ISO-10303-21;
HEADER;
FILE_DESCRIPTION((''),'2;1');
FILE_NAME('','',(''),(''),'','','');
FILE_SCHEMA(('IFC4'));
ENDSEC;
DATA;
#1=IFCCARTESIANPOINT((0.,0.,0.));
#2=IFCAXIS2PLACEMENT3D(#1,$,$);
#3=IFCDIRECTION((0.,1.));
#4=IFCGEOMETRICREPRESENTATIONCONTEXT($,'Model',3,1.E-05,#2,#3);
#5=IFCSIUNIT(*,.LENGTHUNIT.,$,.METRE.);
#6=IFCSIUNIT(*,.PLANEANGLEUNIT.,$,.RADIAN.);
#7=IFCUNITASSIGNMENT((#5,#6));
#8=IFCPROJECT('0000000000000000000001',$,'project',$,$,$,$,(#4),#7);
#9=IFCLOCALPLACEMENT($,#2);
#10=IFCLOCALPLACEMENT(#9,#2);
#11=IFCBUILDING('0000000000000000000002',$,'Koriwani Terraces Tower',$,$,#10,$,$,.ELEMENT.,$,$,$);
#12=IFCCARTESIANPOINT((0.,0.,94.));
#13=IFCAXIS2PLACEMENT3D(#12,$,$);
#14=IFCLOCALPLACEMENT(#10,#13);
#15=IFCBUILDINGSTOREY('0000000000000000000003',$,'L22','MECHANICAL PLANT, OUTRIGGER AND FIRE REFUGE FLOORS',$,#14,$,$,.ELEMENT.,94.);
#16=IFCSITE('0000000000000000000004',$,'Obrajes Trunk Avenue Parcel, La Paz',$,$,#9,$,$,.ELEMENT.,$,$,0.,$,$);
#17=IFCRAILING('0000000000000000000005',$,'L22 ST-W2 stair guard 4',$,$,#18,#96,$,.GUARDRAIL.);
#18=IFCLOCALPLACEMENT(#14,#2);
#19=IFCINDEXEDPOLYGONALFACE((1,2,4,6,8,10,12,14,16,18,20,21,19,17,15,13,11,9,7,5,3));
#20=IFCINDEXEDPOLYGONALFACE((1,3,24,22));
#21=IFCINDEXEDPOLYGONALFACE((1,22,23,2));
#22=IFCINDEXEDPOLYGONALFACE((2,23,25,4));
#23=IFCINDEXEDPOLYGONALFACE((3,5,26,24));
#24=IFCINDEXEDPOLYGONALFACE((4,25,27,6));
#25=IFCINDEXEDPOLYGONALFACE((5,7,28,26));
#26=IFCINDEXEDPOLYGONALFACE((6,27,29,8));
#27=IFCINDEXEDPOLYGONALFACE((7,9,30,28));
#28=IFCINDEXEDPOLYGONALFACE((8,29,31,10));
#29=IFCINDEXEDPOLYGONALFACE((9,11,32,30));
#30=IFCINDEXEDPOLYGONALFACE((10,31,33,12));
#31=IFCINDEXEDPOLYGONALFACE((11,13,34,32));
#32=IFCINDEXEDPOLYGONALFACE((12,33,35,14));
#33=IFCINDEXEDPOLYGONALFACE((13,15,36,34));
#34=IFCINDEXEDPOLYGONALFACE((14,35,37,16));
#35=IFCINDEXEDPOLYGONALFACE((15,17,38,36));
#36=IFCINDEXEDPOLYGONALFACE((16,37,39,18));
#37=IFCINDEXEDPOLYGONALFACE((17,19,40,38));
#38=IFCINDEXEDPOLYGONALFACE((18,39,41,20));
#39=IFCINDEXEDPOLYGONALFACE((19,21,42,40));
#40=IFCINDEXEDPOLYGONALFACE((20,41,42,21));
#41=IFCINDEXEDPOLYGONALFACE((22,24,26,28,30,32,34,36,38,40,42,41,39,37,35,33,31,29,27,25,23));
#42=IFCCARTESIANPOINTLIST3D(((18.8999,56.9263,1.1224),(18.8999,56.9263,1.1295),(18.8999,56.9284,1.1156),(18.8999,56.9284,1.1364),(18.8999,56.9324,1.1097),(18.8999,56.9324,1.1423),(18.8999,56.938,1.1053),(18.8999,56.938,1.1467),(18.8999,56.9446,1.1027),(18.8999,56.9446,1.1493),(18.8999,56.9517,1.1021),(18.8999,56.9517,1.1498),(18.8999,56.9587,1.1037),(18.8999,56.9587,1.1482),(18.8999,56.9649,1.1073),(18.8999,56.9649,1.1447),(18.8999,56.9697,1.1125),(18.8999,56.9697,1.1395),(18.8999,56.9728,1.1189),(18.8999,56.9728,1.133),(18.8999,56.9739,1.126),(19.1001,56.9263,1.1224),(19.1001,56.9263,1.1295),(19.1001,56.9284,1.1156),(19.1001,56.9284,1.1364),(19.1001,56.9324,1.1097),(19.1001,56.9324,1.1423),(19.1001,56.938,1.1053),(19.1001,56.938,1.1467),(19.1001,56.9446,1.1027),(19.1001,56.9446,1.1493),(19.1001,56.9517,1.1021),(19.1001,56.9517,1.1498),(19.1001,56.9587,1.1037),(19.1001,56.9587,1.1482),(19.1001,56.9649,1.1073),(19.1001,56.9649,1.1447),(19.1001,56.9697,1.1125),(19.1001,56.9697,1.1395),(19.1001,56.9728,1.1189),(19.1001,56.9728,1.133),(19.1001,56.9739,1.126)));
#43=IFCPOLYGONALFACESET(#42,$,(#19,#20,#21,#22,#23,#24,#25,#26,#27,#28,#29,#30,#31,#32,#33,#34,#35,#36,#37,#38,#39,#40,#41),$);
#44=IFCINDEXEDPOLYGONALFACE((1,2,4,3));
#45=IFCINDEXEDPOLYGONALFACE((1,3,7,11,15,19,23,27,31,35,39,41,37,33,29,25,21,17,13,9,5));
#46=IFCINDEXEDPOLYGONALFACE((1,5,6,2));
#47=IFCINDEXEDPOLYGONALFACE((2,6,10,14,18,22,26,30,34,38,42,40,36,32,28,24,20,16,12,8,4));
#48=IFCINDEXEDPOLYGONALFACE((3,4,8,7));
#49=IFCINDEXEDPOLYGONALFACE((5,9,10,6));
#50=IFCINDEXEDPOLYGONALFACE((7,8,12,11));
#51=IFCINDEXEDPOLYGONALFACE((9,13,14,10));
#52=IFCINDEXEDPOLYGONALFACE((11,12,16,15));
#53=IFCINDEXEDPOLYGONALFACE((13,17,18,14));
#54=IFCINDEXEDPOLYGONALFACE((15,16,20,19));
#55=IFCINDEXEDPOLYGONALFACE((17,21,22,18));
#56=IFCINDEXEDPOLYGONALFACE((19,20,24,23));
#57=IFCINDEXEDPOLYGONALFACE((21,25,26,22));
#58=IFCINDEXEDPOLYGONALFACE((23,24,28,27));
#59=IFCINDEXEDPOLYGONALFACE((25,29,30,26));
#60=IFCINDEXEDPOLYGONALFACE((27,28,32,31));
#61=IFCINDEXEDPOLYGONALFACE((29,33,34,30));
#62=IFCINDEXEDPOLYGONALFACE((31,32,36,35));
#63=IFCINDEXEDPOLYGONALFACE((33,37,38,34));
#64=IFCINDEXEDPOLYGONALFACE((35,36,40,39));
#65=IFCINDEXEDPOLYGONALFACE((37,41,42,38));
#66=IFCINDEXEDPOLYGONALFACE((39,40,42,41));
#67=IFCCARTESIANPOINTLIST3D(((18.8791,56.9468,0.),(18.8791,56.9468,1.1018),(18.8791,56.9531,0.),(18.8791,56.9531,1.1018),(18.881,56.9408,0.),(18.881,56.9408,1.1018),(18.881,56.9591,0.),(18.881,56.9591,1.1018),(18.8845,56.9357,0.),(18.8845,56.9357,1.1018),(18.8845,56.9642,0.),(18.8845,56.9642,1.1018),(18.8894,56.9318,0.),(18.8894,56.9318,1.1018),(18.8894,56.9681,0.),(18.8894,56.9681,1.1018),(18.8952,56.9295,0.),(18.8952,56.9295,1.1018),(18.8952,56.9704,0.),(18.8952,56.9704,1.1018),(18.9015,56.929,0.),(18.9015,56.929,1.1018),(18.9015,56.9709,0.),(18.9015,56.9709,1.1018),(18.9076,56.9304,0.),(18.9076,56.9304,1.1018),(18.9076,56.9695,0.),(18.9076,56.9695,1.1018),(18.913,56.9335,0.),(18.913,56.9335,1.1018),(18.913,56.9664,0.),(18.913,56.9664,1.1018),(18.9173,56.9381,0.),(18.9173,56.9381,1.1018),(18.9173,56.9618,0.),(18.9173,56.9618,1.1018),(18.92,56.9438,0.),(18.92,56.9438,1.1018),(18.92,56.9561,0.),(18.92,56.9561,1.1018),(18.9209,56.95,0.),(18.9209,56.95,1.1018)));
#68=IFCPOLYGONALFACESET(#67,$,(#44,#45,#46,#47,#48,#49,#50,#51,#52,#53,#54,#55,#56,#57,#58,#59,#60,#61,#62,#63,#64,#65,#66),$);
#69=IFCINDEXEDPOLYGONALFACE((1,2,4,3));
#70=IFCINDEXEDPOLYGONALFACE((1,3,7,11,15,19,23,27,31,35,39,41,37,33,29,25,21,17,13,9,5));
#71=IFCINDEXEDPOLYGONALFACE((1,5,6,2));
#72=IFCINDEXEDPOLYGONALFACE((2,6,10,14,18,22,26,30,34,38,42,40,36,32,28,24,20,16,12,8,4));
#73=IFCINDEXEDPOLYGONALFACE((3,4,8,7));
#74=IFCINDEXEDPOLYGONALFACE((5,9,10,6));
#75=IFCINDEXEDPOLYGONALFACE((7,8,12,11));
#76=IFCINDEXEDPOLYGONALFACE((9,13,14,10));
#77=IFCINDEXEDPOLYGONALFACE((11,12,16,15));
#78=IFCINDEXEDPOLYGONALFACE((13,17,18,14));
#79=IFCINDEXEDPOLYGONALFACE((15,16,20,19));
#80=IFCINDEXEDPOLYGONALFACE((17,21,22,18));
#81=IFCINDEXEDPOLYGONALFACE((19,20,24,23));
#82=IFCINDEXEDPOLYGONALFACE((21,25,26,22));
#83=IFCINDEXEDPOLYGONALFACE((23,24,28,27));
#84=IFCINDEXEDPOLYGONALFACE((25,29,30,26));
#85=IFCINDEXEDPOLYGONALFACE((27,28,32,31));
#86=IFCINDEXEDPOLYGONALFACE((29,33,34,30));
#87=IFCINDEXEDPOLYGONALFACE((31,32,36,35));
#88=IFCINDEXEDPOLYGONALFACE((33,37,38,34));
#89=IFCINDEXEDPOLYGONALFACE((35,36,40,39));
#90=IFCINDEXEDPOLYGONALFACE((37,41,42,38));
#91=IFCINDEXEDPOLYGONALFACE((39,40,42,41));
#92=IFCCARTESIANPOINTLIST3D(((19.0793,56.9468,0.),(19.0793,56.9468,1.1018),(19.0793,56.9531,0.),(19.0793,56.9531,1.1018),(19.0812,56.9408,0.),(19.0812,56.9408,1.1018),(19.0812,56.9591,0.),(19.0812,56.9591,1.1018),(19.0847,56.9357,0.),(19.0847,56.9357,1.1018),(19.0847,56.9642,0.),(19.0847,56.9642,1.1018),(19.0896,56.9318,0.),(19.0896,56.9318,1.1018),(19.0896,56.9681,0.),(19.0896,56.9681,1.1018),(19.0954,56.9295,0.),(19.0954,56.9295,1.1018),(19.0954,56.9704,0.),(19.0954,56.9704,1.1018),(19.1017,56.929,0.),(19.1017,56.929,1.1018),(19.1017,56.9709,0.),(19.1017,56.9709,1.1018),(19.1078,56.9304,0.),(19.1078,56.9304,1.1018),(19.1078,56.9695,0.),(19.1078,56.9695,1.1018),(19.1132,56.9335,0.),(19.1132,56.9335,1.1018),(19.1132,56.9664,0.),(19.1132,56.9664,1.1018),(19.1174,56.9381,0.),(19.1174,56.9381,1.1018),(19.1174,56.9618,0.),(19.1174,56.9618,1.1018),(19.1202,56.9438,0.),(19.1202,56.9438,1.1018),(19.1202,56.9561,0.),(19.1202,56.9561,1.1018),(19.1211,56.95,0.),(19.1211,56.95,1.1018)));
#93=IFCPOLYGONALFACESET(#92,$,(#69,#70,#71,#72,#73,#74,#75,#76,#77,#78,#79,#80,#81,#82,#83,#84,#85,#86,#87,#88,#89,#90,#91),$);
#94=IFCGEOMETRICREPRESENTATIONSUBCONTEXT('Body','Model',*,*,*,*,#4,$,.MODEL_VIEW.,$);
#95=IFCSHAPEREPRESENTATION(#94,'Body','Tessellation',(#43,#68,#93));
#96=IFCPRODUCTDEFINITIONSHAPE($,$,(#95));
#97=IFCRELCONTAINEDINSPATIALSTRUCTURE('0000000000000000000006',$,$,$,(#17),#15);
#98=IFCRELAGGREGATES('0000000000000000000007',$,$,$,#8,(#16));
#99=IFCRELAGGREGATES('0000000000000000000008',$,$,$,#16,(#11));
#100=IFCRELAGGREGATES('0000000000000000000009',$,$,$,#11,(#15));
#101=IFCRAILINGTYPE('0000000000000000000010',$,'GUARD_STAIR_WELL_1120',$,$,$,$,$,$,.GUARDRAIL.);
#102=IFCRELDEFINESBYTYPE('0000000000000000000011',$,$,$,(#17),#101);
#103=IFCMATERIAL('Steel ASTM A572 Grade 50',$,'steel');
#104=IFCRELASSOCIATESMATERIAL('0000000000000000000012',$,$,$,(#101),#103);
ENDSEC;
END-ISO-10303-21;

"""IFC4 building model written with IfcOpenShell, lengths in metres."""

from ifc_helpers import new_model, si_unit, direction, frame, origin, origin_2d, place, context, subcontext, project, spatial, circle, extrude, material, type_object, element, save


model = new_model("IFC4")

# Units and contexts
model_context = context("Model", 3, precision=1e-05, world=origin(), true_north=direction((0.0, 1.0)))
body_context = subcontext(model_context, "Body", "Model", "MODEL_VIEW")
ifc_project = project(units=[si_unit("LENGTHUNIT", "METRE"), si_unit("PLANEANGLEUNIT", "RADIAN")], contexts=[model_context])

# Site, building, storey
site_placement = place(None, origin())
site = spatial("IfcSite", under=ifc_project, at=site_placement, Name="Obrajes Trunk Avenue Parcel, La Paz", CompositionType="ELEMENT", RefElevation=0.0)
building_placement = place(site_placement, origin())
building = spatial("IfcBuilding", under=site, at=building_placement, Name="Koriwani Terraces Tower", CompositionType="ELEMENT")
storey_placement = place(building_placement, frame((0.0, 0.0, 94.0)))
storey = spatial("IfcBuildingStorey", under=building, at=storey_placement, Name="L22", Description="MECHANICAL PLANT, OUTRIGGER AND FIRE REFUGE FLOORS", CompositionType="ELEMENT", Elevation=94.0)

# Shared definitions
ifc_material_1 = material(Name="Steel ASTM A572 Grade 50", Category="steel")

# Railing
railing_type_1 = type_object("IfcRailingType", Name="GUARD_STAIR_WELL_1120", PredefinedType="GUARDRAIL", material=ifc_material_1)
railing_1_placement = place(storey_placement, frame((18.8999, 56.95, 0.0)))
element("IfcRailing", 1, at=railing_1_placement, inside=storey, type_object=railing_type_1, Name="L22 ST-W2 stair guard 4", PredefinedType="GUARDRAIL", context=body_context, shape_type="SweptSolid", body=[
    extrude(circle(Radius=0.0239, at=origin_2d()), frame((0.0, 0.0, 1.126), z_axis=(1.0, 0.0, 0.0), x_axis=(0.0, 1.0, 0.0)), (0.0, 0.0, 1.0), 0.2002),
    extrude(circle(Radius=0.021, at=origin_2d()), origin(), (0.0, 0.0, 1.0), 1.1018),
    extrude(circle(Radius=0.021, at=origin_2d()), frame((0.2002, 0.0, 0.0)), (0.0, 0.0, 1.0), 1.1018),
])

save(model, "model.ifc")
